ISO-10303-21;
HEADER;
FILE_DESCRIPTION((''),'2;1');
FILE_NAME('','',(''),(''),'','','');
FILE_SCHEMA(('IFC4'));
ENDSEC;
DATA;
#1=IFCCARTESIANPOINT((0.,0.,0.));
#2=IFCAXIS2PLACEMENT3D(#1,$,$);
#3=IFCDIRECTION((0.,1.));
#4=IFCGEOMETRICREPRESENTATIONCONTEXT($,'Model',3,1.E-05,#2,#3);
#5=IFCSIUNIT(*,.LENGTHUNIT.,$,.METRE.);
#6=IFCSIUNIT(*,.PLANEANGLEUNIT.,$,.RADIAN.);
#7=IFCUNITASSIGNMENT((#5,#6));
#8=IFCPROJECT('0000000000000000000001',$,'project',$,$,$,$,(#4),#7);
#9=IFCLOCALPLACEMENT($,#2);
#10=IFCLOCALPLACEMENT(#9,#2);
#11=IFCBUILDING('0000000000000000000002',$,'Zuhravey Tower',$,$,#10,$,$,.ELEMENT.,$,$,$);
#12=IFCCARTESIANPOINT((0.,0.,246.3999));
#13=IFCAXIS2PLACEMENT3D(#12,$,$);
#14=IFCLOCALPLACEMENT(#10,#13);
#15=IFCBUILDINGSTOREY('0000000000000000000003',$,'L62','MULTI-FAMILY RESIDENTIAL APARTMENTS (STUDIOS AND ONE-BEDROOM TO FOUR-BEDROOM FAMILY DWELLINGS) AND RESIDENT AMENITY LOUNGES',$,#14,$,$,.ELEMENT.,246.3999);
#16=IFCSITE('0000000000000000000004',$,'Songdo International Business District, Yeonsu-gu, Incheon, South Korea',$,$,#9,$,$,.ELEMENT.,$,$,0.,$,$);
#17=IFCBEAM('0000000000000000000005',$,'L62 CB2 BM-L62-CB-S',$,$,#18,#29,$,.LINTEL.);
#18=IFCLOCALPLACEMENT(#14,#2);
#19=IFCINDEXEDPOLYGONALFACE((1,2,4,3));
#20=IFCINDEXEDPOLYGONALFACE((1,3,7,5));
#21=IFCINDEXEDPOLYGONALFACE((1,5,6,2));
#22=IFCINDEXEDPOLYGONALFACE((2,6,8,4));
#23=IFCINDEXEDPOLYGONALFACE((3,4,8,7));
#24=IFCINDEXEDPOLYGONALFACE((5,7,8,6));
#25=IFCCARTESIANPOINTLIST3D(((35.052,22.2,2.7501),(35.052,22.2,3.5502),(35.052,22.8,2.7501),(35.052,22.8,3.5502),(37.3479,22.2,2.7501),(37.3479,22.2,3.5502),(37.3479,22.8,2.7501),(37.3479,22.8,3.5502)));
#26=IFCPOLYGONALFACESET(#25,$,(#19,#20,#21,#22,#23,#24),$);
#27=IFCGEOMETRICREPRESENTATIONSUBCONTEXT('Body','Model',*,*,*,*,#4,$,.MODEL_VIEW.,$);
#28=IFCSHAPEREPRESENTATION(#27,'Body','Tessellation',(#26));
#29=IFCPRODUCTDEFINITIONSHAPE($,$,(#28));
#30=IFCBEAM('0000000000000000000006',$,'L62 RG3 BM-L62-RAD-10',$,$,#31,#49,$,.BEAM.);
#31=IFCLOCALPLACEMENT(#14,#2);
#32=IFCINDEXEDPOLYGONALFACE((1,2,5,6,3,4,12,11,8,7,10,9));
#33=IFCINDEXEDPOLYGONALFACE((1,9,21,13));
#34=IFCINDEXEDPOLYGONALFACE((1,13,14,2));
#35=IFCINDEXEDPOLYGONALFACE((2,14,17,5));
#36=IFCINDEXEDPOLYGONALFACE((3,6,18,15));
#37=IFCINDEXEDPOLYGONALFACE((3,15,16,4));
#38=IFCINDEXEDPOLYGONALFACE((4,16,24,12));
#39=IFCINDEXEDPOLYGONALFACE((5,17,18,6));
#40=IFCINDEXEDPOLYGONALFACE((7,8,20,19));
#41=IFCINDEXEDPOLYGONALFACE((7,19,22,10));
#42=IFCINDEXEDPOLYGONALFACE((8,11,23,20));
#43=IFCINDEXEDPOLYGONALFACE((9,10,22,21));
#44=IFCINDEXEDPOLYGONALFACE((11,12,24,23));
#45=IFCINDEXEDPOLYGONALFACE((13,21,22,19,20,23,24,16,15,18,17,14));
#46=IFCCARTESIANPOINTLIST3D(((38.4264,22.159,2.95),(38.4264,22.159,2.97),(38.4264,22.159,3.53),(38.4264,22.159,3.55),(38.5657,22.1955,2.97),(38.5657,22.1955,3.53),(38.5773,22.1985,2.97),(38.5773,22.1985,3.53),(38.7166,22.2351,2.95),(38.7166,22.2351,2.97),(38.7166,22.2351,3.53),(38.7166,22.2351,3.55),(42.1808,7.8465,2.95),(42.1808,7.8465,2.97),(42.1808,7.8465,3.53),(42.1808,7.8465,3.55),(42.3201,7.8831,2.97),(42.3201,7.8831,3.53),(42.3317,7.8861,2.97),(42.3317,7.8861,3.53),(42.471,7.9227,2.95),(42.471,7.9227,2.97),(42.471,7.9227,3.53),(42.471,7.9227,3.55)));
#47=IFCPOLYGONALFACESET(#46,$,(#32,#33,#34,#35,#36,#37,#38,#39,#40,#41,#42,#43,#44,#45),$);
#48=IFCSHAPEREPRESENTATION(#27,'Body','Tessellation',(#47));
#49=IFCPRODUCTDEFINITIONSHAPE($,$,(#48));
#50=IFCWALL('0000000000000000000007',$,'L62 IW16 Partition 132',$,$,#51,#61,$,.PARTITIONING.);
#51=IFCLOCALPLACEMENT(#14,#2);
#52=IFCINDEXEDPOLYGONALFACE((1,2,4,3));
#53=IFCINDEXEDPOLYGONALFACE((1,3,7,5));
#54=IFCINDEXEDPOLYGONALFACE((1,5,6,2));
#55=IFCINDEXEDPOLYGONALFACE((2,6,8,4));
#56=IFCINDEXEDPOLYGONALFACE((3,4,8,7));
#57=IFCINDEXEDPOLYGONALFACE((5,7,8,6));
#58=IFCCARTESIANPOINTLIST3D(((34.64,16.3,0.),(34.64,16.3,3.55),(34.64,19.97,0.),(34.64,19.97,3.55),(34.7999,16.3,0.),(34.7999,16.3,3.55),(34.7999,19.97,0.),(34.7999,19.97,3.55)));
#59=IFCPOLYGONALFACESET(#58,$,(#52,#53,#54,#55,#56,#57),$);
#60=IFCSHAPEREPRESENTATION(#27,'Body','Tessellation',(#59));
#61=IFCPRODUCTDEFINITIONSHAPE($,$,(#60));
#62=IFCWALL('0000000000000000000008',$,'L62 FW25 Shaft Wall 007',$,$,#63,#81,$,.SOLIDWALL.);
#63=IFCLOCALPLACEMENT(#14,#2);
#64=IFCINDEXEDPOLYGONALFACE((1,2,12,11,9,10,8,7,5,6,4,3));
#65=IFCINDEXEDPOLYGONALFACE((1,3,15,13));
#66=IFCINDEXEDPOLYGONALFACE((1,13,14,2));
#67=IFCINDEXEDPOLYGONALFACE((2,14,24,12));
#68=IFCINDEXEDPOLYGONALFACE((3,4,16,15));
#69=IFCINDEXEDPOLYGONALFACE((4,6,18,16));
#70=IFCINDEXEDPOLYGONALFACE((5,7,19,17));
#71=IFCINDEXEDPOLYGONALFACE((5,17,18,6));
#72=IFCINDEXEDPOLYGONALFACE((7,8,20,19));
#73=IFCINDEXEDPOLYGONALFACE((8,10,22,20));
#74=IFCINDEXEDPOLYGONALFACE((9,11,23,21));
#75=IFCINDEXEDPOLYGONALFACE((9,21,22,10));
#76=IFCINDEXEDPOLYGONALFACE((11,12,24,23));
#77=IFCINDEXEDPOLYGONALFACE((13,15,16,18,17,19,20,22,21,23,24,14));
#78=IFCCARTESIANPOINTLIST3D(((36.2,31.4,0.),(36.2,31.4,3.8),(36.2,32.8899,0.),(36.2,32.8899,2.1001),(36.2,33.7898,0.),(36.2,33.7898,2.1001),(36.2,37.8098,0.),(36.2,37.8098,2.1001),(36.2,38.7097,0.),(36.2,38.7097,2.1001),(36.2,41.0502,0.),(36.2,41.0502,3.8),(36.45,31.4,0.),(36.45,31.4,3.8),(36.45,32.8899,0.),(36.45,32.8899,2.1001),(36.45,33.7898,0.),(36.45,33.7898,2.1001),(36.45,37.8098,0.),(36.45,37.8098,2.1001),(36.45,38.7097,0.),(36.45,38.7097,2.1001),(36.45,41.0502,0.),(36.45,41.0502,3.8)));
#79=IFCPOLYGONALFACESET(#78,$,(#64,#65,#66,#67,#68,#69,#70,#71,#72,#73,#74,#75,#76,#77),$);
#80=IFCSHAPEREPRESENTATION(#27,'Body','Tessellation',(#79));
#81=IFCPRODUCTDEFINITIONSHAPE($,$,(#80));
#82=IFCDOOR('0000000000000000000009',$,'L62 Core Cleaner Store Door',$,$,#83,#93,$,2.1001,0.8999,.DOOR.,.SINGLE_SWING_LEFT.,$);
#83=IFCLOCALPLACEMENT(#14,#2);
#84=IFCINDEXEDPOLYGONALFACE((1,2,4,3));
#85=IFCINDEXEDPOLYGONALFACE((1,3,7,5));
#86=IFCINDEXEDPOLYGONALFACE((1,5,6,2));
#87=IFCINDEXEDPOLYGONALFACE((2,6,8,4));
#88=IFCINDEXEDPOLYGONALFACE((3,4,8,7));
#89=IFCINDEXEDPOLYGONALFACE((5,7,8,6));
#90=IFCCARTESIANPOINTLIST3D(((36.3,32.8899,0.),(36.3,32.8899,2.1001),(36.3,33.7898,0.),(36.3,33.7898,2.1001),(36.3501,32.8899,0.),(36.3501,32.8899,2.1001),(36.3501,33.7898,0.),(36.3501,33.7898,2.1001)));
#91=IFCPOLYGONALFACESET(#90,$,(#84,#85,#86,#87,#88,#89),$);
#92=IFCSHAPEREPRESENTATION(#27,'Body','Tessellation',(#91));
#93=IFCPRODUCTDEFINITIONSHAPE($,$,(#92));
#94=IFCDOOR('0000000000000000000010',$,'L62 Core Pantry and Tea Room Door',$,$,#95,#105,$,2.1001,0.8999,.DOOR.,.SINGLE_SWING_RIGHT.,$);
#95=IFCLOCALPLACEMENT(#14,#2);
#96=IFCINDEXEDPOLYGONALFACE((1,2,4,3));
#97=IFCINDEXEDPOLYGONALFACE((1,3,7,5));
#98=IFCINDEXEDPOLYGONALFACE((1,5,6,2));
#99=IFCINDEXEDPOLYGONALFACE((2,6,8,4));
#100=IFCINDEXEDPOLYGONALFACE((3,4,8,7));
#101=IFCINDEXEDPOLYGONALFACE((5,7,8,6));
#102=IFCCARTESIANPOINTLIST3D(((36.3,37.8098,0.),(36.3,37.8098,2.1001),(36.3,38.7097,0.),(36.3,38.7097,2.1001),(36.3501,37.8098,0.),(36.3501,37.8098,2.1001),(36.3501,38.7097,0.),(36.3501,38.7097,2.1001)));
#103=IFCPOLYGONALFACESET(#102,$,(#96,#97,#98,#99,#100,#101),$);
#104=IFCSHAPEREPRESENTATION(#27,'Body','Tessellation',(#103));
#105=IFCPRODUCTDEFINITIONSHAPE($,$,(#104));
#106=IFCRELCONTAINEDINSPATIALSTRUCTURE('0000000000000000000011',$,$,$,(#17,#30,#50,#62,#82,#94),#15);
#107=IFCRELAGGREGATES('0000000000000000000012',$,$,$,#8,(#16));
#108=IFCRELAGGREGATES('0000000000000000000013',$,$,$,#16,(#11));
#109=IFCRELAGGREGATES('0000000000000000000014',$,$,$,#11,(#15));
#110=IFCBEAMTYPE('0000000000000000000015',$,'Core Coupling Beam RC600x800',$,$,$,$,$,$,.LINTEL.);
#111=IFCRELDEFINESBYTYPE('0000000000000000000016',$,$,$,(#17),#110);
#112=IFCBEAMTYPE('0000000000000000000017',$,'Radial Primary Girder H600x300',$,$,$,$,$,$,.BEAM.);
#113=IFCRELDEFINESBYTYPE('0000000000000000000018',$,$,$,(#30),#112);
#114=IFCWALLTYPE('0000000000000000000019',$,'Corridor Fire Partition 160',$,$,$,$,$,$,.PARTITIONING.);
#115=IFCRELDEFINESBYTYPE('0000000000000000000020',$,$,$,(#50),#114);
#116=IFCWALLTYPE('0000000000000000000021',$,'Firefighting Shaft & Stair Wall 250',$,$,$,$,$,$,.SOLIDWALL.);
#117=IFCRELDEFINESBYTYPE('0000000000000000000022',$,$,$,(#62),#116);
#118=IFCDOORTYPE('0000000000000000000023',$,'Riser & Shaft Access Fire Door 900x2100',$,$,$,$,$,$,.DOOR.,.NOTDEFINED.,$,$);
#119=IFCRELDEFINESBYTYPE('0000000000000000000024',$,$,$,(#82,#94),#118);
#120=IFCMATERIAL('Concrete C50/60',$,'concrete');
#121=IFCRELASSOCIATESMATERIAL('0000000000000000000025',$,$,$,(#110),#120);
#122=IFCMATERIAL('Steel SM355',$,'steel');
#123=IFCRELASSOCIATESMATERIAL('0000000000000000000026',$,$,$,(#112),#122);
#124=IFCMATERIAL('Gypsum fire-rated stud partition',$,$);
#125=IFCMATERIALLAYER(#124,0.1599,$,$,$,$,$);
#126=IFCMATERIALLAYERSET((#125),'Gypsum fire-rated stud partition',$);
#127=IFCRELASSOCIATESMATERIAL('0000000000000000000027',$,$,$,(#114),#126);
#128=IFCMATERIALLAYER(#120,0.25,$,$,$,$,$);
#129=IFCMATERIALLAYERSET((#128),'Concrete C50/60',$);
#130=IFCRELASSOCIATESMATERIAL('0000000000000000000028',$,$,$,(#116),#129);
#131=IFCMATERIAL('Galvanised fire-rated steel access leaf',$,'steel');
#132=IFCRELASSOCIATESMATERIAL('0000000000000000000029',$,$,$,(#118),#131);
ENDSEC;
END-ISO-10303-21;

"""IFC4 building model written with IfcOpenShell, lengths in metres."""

from ifc_helpers import new_model, si_unit, direction, frame, frame_2d, origin, origin_2d, place, context, subcontext, project, spatial, rectangle, i_section, extrude, material, layer, layer_set, material_profile, profile_set, type_object, element, fill, save


model = new_model("IFC4")

# Units and contexts
model_context = context("Model", 3, precision=1e-05, world=origin(), true_north=direction((0.0, 1.0)))
body_context = subcontext(model_context, "Body", "Model", "MODEL_VIEW")
ifc_project = project(units=[si_unit("LENGTHUNIT", "METRE"), si_unit("PLANEANGLEUNIT", "RADIAN")], contexts=[model_context])

# Site, building, storey
site_placement = place(None, origin())
site = spatial("IfcSite", under=ifc_project, at=site_placement, Name="Songdo International Business District, Yeonsu-gu, Incheon, South Korea", CompositionType="ELEMENT", RefElevation=0.0)
building_placement = place(site_placement, origin())
building = spatial("IfcBuilding", under=site, at=building_placement, Name="Zuhravey Tower", CompositionType="ELEMENT")
storey_placement = place(building_placement, frame((0.0, 0.0, 246.3999)))
storey = spatial("IfcBuildingStorey", under=building, at=storey_placement, Name="L62", Description="MULTI-FAMILY RESIDENTIAL APARTMENTS (STUDIOS AND ONE-BEDROOM TO FOUR-BEDROOM FAMILY DWELLINGS) AND RESIDENT AMENITY LOUNGES", CompositionType="ELEMENT", Elevation=246.3999)

# Beams
ifc_material_1 = material(Name="Concrete C50/60", Category="concrete")
ifc_material_profile_1 = material_profile(ifc_material_1, rectangle(XDim=0.6001, YDim=0.8, at=origin_2d()), Name="RC-600x800")
ifc_profile_set_1 = profile_set([ifc_material_profile_1], Name="Concrete C50/60")
beam_type_1 = type_object("IfcBeamType", Name="Core Coupling Beam RC600x800", PredefinedType="LINTEL", material=ifc_profile_set_1)
beam_1_placement = place(storey_placement, frame((35.052, 22.5, 3.1501), z_axis=(1.0, 0.0, 0.0), x_axis=(0.0, 1.0, 0.0)))
element("IfcBeam", 1, at=beam_1_placement, inside=storey, type_object=beam_type_1, Name="L62 CB2 BM-L62-CB-S", PredefinedType="LINTEL", context=body_context, shape_type="SweptSolid", body=[
    extrude(rectangle(XDim=0.6001, YDim=0.8, at=origin_2d()), origin(), (0.0, 0.0, 1.0), 2.2959),
])
ifc_material_2 = material(Name="Steel SM355", Category="steel")
ifc_material_profile_2 = material_profile(ifc_material_2, i_section(OverallWidth=0.3, OverallDepth=0.6001, WebThickness=0.012, FlangeThickness=0.02, at=origin_2d()), Name="H-600x300x12x20")
ifc_profile_set_2 = profile_set([ifc_material_profile_2], Name="Steel SM355")
beam_type_2 = type_object("IfcBeamType", Name="Radial Primary Girder H600x300", PredefinedType="BEAM", material=ifc_profile_set_2)
beam_2_placement = place(storey_placement, frame((38.5715, 22.197, 3.25), z_axis=(0.253731, -0.967275, 0.0), x_axis=(0.967275, 0.253731, 0.0)))
element("IfcBeam", 2, at=beam_2_placement, inside=storey, type_object=beam_type_2, Name="L62 RG3 BM-L62-RAD-10", PredefinedType="BEAM", context=body_context, shape_type="SweptSolid", body=[
    extrude(i_section(OverallWidth=0.3, OverallDepth=0.6001, WebThickness=0.012, FlangeThickness=0.02, at=origin_2d()), origin(), (0.0, 0.0, 1.0), 14.7966),
])

# Shared definitions
ifc_material_3 = material(Name="Gypsum fire-rated stud partition")
ifc_layer_1 = layer(ifc_material_3, 0.1599)
ifc_layer_set_1 = layer_set([ifc_layer_1], Name="Gypsum fire-rated stud partition")
wall_type_1 = type_object("IfcWallType", Name="Corridor Fire Partition 160", PredefinedType="PARTITIONING", material=ifc_layer_set_1)

# Wall
wall_1_placement = place(storey_placement, frame((34.72, 19.97, 0.0), z_axis=(0.0, 0.0, 1.0), x_axis=(0.0, -1.0, 0.0)))
element("IfcWall", 3, at=wall_1_placement, inside=storey, type_object=wall_type_1, Name="L62 IW16 Partition 132", PredefinedType="PARTITIONING", context=body_context, shape_type="SweptSolid", body=[
    extrude(rectangle(XDim=3.6699, YDim=0.1599, at=frame_2d((1.835, 0.0))), origin(), (0.0, 0.0, 1.0), 3.55),
])

# Shared definitions
ifc_layer_2 = layer(ifc_material_1, 0.25)
ifc_layer_set_2 = layer_set([ifc_layer_2], Name="Concrete C50/60")
wall_type_2 = type_object("IfcWallType", Name="Firefighting Shaft & Stair Wall 250", PredefinedType="SOLIDWALL", material=ifc_layer_set_2)

# Wall, openings, doors
wall_2_placement = place(storey_placement, frame((36.325, 31.3999, 0.0), z_axis=(0.0, 0.0, 1.0), x_axis=(0.0, 1.0, 0.0)))
wall_2 = element("IfcWall", 4, at=wall_2_placement, inside=storey, type_object=wall_type_2, Name="L62 FW25 Shaft Wall 007", PredefinedType="SOLIDWALL", context=body_context, shape_type="SweptSolid", body=[
    extrude(rectangle(XDim=9.6501, YDim=0.25, at=frame_2d((4.8252, 0.0))), origin(), (0.0, 0.0, 1.0), 3.8),
])
opening_1_placement = place(wall_2_placement, frame((1.49, 0.0, 0.0)))
opening_1 = element("IfcOpeningElement", 5, at=opening_1_placement, cuts=wall_2, PredefinedType="OPENING", context=body_context, shape_type="SweptSolid", body=[
    extrude(rectangle(XDim=0.8999, YDim=2.1001, at=frame_2d((0.45, 1.05))), frame((0.0, 0.137, 0.0), z_axis=(0.0, -1.0, 0.0), x_axis=(1.0, 0.0, 0.0)), (0.0, 0.0, 1.0), 0.2739),
])
opening_2_placement = place(wall_2_placement, frame((6.4099, 0.0, 0.0)))
opening_2 = element("IfcOpeningElement", 6, at=opening_2_placement, cuts=wall_2, PredefinedType="OPENING", context=body_context, shape_type="SweptSolid", body=[
    extrude(rectangle(XDim=0.8999, YDim=2.1001, at=frame_2d((0.45, 1.05))), frame((0.0, 0.137, 0.0), z_axis=(0.0, -1.0, 0.0), x_axis=(1.0, 0.0, 0.0)), (0.0, 0.0, 1.0), 0.2739),
])
ifc_material_4 = material(Name="Galvanised fire-rated steel access leaf", Category="steel")
door_type_1 = type_object("IfcDoorType", Name="Riser & Shaft Access Fire Door 900x2100", OperationType="NOTDEFINED", PredefinedType="DOOR", material=ifc_material_4)
door_1_placement = place(opening_1_placement, origin())
door_1 = element("IfcDoor", 7, at=door_1_placement, inside=storey, type_object=door_type_1, Name="L62 Core Cleaner Store Door", OperationType="SINGLE_SWING_LEFT", OverallHeight=2.1001, OverallWidth=0.8999, PredefinedType="DOOR", context=body_context, shape_type="SweptSolid", body=[
    extrude(rectangle(XDim=0.8999, YDim=2.1001, at=frame_2d((0.45, 1.05))), frame((0.0, 0.0249, 0.0), z_axis=(0.0, -1.0, 0.0), x_axis=(1.0, 0.0, 0.0)), (0.0, 0.0, 1.0), 0.05),
])
fill(opening_1, door_1)
door_2_placement = place(opening_2_placement, origin())
door_2 = element("IfcDoor", 8, at=door_2_placement, inside=storey, type_object=door_type_1, Name="L62 Core Pantry and Tea Room Door", OperationType="SINGLE_SWING_RIGHT", OverallHeight=2.1001, OverallWidth=0.8999, PredefinedType="DOOR", context=body_context, shape_type="SweptSolid", body=[
    extrude(rectangle(XDim=0.8999, YDim=2.1001, at=frame_2d((0.45, 1.05))), frame((0.0, 0.0249, 0.0), z_axis=(0.0, -1.0, 0.0), x_axis=(1.0, 0.0, 0.0)), (0.0, 0.0, 1.0), 0.05),
])
fill(opening_2, door_2)

save(model, "model.ifc")
